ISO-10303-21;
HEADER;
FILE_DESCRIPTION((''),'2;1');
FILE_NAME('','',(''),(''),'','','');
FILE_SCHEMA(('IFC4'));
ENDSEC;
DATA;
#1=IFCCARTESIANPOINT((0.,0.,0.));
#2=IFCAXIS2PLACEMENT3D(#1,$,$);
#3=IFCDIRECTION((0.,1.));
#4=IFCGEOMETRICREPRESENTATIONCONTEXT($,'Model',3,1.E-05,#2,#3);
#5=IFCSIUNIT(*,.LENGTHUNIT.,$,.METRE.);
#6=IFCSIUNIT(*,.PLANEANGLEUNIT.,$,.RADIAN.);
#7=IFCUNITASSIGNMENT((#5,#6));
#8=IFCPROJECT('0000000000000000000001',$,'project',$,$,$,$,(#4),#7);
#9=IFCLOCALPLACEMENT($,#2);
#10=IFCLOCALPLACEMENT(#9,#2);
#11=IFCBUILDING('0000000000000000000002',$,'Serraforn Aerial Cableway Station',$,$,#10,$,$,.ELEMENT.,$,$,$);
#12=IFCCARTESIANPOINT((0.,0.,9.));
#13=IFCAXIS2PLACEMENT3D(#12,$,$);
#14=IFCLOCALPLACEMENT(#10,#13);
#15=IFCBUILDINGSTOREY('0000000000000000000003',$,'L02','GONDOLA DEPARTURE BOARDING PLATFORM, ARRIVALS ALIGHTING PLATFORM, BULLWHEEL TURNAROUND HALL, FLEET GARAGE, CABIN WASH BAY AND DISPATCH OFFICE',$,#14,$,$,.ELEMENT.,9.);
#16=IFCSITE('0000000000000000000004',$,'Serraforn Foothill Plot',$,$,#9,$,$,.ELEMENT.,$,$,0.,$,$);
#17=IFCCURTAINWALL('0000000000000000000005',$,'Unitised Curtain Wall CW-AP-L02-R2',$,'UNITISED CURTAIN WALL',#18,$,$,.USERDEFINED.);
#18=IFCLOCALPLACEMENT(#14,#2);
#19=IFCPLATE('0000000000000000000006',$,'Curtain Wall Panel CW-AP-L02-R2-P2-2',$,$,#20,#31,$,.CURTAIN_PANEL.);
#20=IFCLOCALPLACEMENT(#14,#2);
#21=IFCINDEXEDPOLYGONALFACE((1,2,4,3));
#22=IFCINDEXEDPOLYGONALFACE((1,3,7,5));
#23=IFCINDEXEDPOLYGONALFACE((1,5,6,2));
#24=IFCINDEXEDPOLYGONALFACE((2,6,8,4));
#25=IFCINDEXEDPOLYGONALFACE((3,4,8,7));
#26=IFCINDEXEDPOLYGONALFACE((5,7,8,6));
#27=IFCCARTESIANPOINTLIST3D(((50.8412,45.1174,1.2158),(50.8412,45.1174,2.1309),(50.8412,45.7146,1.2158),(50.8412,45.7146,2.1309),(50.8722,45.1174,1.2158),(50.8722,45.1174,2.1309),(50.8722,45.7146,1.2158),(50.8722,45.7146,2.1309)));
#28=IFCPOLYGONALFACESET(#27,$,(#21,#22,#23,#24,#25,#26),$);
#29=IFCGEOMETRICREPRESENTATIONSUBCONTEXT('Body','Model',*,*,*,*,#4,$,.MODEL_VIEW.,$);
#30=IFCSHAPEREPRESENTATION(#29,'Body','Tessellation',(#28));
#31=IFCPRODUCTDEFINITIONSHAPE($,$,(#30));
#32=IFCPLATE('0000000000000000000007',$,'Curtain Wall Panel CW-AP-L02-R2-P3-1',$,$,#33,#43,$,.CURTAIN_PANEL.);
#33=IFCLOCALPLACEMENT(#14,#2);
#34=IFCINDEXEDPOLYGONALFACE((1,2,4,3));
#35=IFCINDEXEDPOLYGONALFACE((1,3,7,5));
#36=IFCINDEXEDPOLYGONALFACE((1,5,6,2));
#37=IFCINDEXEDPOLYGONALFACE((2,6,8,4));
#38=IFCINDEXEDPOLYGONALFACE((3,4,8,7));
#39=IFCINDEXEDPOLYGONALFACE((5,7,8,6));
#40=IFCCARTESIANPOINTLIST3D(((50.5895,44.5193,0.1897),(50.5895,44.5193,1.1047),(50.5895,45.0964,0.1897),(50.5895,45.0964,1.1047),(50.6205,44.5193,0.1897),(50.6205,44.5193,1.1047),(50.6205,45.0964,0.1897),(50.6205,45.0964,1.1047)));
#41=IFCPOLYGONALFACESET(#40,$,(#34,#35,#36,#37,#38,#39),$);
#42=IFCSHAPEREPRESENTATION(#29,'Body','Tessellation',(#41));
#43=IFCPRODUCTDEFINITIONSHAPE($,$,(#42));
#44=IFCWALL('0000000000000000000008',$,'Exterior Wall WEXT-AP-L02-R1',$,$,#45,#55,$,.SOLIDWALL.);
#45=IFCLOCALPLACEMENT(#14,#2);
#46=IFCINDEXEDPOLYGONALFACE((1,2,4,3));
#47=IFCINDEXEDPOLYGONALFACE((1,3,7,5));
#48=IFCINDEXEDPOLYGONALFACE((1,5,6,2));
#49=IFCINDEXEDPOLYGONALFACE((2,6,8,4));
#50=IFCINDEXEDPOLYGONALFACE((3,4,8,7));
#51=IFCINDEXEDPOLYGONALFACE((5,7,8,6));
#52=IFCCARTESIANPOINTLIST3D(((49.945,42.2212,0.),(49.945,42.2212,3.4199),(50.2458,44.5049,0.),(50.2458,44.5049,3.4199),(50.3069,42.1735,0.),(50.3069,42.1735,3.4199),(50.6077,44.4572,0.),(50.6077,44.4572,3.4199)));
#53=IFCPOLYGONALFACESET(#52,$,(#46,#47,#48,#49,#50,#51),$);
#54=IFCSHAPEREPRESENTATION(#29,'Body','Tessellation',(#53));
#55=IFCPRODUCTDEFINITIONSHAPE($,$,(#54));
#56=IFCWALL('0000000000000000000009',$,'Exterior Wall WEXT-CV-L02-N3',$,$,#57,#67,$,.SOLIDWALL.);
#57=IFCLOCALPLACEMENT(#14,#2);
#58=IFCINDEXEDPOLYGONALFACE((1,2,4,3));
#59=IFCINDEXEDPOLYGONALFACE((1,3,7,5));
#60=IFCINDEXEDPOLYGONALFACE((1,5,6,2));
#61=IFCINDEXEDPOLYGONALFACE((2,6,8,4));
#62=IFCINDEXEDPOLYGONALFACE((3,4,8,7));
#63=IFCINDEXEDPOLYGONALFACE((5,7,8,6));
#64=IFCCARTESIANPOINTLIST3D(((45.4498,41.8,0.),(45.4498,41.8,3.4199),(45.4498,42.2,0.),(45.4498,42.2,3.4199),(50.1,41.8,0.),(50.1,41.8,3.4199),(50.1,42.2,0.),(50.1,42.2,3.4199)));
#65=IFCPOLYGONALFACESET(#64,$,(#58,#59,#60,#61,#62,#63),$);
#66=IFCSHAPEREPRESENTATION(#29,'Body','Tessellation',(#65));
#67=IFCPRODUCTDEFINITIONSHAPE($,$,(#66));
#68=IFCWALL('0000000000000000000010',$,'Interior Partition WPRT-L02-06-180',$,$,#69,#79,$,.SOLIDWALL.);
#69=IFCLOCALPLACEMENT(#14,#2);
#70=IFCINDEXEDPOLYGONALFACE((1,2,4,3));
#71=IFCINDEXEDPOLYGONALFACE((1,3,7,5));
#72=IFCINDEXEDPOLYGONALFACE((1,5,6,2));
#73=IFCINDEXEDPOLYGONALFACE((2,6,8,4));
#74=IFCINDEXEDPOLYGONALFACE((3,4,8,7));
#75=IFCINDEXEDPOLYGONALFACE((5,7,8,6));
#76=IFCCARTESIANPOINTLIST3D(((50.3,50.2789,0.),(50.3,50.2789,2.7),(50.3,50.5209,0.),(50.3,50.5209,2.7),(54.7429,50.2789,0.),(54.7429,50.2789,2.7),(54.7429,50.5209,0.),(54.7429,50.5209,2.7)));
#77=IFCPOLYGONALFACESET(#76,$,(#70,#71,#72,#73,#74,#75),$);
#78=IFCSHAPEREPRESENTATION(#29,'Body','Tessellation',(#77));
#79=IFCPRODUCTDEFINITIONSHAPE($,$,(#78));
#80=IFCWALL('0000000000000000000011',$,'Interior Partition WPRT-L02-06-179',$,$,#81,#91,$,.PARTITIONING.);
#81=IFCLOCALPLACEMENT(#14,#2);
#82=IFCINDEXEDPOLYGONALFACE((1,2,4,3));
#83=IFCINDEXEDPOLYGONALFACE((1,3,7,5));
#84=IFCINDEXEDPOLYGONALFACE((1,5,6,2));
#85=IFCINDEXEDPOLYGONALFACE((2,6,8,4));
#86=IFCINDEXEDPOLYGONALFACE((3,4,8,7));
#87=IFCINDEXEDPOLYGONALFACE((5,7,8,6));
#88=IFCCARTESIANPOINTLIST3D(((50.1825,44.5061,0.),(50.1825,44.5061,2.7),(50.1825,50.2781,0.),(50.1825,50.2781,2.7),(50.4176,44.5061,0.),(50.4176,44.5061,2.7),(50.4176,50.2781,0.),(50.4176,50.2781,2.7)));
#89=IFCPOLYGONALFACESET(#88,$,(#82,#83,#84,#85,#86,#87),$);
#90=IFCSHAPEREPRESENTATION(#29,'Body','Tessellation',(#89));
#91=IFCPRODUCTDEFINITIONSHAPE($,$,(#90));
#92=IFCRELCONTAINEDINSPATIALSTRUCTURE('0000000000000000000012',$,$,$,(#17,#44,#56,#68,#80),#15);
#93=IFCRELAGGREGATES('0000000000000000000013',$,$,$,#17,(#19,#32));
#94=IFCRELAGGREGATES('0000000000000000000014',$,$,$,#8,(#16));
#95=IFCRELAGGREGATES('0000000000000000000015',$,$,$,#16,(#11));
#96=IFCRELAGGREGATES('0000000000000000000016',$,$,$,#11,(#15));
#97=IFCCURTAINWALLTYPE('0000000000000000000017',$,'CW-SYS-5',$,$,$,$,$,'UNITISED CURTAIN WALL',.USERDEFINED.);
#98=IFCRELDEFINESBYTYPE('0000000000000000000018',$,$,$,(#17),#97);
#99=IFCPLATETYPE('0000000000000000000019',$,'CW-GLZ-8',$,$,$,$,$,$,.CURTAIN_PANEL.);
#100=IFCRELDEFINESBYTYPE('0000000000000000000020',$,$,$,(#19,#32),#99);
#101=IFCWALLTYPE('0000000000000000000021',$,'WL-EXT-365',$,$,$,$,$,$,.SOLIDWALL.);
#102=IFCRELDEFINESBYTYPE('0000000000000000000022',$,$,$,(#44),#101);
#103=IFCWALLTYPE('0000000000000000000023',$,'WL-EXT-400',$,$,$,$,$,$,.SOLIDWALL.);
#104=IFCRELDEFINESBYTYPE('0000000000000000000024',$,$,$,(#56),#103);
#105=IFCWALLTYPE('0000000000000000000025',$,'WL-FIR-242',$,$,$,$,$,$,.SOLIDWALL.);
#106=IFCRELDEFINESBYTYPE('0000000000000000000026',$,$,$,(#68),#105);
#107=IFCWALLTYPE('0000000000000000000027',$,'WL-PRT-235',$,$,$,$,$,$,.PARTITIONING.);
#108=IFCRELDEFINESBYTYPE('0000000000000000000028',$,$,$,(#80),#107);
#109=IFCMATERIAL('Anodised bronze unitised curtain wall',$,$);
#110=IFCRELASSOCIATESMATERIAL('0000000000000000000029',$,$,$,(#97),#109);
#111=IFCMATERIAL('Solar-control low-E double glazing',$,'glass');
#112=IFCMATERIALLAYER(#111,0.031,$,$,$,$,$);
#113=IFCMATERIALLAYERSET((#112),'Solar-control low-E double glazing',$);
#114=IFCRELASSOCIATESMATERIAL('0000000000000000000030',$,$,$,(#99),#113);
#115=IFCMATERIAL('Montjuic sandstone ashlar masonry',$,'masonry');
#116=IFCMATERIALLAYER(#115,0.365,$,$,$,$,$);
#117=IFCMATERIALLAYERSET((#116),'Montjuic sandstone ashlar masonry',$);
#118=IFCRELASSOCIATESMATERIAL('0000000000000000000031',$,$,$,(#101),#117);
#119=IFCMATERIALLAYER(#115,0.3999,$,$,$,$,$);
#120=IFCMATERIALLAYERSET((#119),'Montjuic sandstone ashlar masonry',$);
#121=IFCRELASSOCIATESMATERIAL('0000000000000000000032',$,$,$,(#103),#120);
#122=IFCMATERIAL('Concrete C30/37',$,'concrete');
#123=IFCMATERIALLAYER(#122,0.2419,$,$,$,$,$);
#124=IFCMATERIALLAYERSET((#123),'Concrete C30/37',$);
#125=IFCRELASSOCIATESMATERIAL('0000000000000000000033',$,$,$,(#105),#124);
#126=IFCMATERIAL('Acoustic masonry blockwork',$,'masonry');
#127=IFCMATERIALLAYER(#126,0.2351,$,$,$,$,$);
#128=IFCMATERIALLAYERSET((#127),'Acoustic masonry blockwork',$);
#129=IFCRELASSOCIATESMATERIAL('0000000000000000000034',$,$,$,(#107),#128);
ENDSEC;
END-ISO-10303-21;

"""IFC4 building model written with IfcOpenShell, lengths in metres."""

from ifc_helpers import new_model, si_unit, direction, frame, frame_2d, origin, origin_2d, place, context, subcontext, project, spatial, rectangle, extrude, material, layer, layer_set, type_object, element, aggregate, save


model = new_model("IFC4")

# Units and contexts
model_context = context("Model", 3, precision=1e-05, world=origin(), true_north=direction((0.0, 1.0)))
body_context = subcontext(model_context, "Body", "Model", "MODEL_VIEW")
ifc_project = project(units=[si_unit("LENGTHUNIT", "METRE"), si_unit("PLANEANGLEUNIT", "RADIAN")], contexts=[model_context])

# Site, building, storey
site_placement = place(None, origin())
site = spatial("IfcSite", under=ifc_project, at=site_placement, Name="Serraforn Foothill Plot", CompositionType="ELEMENT", RefElevation=0.0)
building_placement = place(site_placement, origin())
building = spatial("IfcBuilding", under=site, at=building_placement, Name="Serraforn Aerial Cableway Station", CompositionType="ELEMENT")
storey_placement = place(building_placement, frame((0.0, 0.0, 9.0)))
storey = spatial("IfcBuildingStorey", under=building, at=storey_placement, Name="L02", Description="GONDOLA DEPARTURE BOARDING PLATFORM, ARRIVALS ALIGHTING PLATFORM, BULLWHEEL TURNAROUND HALL, FLEET GARAGE, CABIN WASH BAY AND DISPATCH OFFICE", CompositionType="ELEMENT", Elevation=9.0)

# Curtain wall, plates
ifc_material_1 = material(Name="Anodised bronze unitised curtain wall")
curtain_wall_type = type_object("IfcCurtainWallType", Name="CW-SYS-5", ElementType="UNITISED CURTAIN WALL", PredefinedType="USERDEFINED", material=ifc_material_1)
curtain_wall_placement = place(storey_placement, origin())
curtain_wall = element("IfcCurtainWall", 1, at=curtain_wall_placement, inside=storey, type_object=curtain_wall_type, Name="Unitised Curtain Wall CW-AP-L02-R2", ObjectType="UNITISED CURTAIN WALL", PredefinedType="USERDEFINED")
ifc_material_2 = material(Name="Solar-control low-E double glazing", Category="glass")
ifc_layer_1 = layer(ifc_material_2, 0.031)
ifc_layer_set_1 = layer_set([ifc_layer_1], Name="Solar-control low-E double glazing")
plate_type_1 = type_object("IfcPlateType", Name="CW-GLZ-8", PredefinedType="CURTAIN_PANEL", material=ifc_layer_set_1)
plate_1_placement = place(storey_placement, frame((50.8567, 45.416, 1.2158), z_axis=(0.0, 0.0, 1.0), x_axis=(1.0, 0.0, 0.0)))
plate_1 = element("IfcPlate", 2, at=plate_1_placement, type_object=plate_type_1, Name="Curtain Wall Panel CW-AP-L02-R2-P2-2", PredefinedType="CURTAIN_PANEL", context=body_context, shape_type="SweptSolid", body=[
    extrude(rectangle(XDim=0.031, YDim=0.5972, at=origin_2d()), origin(), (0.0, 0.0, 1.0), 0.915),
])
plate_2_placement = place(storey_placement, frame((50.605, 44.8079, 0.1897), z_axis=(0.0, 0.0, 1.0), x_axis=(1.0, 0.0, 0.0)))
plate_2 = element("IfcPlate", 3, at=plate_2_placement, type_object=plate_type_1, Name="Curtain Wall Panel CW-AP-L02-R2-P3-1", PredefinedType="CURTAIN_PANEL", context=body_context, shape_type="SweptSolid", body=[
    extrude(rectangle(XDim=0.031, YDim=0.5771, at=origin_2d()), origin(), (0.0, 0.0, 1.0), 0.915),
])
aggregate(curtain_wall, [plate_1, plate_2])

# Walls
ifc_material_3 = material(Name="Montjuic sandstone ashlar masonry", Category="masonry")
ifc_layer_2 = layer(ifc_material_3, 0.365)
ifc_layer_set_2 = layer_set([ifc_layer_2], Name="Montjuic sandstone ashlar masonry")
wall_type_1 = type_object("IfcWallType", Name="WL-EXT-365", PredefinedType="SOLIDWALL", material=ifc_layer_set_2)
wall_1_placement = place(storey_placement, frame((50.4268, 44.4812, 0.0), z_axis=(0.0, 0.0, 1.0), x_axis=(-0.130581, -0.991438, 0.0)))
element("IfcWall", 4, at=wall_1_placement, inside=storey, type_object=wall_type_1, Name="Exterior Wall WEXT-AP-L02-R1", PredefinedType="SOLIDWALL", context=body_context, shape_type="SweptSolid", body=[
    extrude(rectangle(XDim=2.3035, YDim=0.365, at=frame_2d((1.1519, 0.0))), origin(), (0.0, 0.0, 1.0), 3.4199),
])
ifc_layer_3 = layer(ifc_material_3, 0.3999)
ifc_layer_set_3 = layer_set([ifc_layer_3], Name="Montjuic sandstone ashlar masonry")
wall_type_2 = type_object("IfcWallType", Name="WL-EXT-400", PredefinedType="SOLIDWALL", material=ifc_layer_set_3)
wall_2_placement = place(storey_placement, frame((50.1001, 42.0, 0.0), z_axis=(0.0, 0.0, 1.0), x_axis=(-1.0, 0.0, 0.0)))
element("IfcWall", 5, at=wall_2_placement, inside=storey, type_object=wall_type_2, Name="Exterior Wall WEXT-CV-L02-N3", PredefinedType="SOLIDWALL", context=body_context, shape_type="SweptSolid", body=[
    extrude(rectangle(XDim=4.6501, YDim=0.3999, at=frame_2d((2.3252, 0.0))), origin(), (0.0, 0.0, 1.0), 3.4199),
])
ifc_material_4 = material(Name="Concrete C30/37", Category="concrete")
ifc_layer_4 = layer(ifc_material_4, 0.2419)
ifc_layer_set_4 = layer_set([ifc_layer_4], Name="Concrete C30/37")
wall_type_3 = type_object("IfcWallType", Name="WL-FIR-242", PredefinedType="SOLIDWALL", material=ifc_layer_set_4)
wall_3_placement = place(storey_placement, frame((50.3, 50.3999, 0.0), z_axis=(0.0, 0.0, 1.0), x_axis=(1.0, 0.0, 0.0)))
element("IfcWall", 6, at=wall_3_placement, inside=storey, type_object=wall_type_3, Name="Interior Partition WPRT-L02-06-180", PredefinedType="SOLIDWALL", context=body_context, shape_type="SweptSolid", body=[
    extrude(rectangle(XDim=4.4429, YDim=0.2419, at=frame_2d((2.2214, 0.0))), origin(), (0.0, 0.0, 1.0), 2.7),
])
ifc_material_5 = material(Name="Acoustic masonry blockwork", Category="masonry")
ifc_layer_5 = layer(ifc_material_5, 0.2351)
ifc_layer_set_5 = layer_set([ifc_layer_5], Name="Acoustic masonry blockwork")
wall_type_4 = type_object("IfcWallType", Name="WL-PRT-235", PredefinedType="PARTITIONING", material=ifc_layer_set_5)
wall_4_placement = place(storey_placement, frame((50.3, 44.5061, 0.0), z_axis=(0.0, 0.0, 1.0), x_axis=(0.0, 1.0, 0.0)))
element("IfcWall", 7, at=wall_4_placement, inside=storey, type_object=wall_type_4, Name="Interior Partition WPRT-L02-06-179", PredefinedType="PARTITIONING", context=body_context, shape_type="SweptSolid", body=[
    extrude(rectangle(XDim=5.772, YDim=0.2351, at=frame_2d((2.886, 0.0))), origin(), (0.0, 0.0, 1.0), 2.7),
])

save(model, "model.ifc")
